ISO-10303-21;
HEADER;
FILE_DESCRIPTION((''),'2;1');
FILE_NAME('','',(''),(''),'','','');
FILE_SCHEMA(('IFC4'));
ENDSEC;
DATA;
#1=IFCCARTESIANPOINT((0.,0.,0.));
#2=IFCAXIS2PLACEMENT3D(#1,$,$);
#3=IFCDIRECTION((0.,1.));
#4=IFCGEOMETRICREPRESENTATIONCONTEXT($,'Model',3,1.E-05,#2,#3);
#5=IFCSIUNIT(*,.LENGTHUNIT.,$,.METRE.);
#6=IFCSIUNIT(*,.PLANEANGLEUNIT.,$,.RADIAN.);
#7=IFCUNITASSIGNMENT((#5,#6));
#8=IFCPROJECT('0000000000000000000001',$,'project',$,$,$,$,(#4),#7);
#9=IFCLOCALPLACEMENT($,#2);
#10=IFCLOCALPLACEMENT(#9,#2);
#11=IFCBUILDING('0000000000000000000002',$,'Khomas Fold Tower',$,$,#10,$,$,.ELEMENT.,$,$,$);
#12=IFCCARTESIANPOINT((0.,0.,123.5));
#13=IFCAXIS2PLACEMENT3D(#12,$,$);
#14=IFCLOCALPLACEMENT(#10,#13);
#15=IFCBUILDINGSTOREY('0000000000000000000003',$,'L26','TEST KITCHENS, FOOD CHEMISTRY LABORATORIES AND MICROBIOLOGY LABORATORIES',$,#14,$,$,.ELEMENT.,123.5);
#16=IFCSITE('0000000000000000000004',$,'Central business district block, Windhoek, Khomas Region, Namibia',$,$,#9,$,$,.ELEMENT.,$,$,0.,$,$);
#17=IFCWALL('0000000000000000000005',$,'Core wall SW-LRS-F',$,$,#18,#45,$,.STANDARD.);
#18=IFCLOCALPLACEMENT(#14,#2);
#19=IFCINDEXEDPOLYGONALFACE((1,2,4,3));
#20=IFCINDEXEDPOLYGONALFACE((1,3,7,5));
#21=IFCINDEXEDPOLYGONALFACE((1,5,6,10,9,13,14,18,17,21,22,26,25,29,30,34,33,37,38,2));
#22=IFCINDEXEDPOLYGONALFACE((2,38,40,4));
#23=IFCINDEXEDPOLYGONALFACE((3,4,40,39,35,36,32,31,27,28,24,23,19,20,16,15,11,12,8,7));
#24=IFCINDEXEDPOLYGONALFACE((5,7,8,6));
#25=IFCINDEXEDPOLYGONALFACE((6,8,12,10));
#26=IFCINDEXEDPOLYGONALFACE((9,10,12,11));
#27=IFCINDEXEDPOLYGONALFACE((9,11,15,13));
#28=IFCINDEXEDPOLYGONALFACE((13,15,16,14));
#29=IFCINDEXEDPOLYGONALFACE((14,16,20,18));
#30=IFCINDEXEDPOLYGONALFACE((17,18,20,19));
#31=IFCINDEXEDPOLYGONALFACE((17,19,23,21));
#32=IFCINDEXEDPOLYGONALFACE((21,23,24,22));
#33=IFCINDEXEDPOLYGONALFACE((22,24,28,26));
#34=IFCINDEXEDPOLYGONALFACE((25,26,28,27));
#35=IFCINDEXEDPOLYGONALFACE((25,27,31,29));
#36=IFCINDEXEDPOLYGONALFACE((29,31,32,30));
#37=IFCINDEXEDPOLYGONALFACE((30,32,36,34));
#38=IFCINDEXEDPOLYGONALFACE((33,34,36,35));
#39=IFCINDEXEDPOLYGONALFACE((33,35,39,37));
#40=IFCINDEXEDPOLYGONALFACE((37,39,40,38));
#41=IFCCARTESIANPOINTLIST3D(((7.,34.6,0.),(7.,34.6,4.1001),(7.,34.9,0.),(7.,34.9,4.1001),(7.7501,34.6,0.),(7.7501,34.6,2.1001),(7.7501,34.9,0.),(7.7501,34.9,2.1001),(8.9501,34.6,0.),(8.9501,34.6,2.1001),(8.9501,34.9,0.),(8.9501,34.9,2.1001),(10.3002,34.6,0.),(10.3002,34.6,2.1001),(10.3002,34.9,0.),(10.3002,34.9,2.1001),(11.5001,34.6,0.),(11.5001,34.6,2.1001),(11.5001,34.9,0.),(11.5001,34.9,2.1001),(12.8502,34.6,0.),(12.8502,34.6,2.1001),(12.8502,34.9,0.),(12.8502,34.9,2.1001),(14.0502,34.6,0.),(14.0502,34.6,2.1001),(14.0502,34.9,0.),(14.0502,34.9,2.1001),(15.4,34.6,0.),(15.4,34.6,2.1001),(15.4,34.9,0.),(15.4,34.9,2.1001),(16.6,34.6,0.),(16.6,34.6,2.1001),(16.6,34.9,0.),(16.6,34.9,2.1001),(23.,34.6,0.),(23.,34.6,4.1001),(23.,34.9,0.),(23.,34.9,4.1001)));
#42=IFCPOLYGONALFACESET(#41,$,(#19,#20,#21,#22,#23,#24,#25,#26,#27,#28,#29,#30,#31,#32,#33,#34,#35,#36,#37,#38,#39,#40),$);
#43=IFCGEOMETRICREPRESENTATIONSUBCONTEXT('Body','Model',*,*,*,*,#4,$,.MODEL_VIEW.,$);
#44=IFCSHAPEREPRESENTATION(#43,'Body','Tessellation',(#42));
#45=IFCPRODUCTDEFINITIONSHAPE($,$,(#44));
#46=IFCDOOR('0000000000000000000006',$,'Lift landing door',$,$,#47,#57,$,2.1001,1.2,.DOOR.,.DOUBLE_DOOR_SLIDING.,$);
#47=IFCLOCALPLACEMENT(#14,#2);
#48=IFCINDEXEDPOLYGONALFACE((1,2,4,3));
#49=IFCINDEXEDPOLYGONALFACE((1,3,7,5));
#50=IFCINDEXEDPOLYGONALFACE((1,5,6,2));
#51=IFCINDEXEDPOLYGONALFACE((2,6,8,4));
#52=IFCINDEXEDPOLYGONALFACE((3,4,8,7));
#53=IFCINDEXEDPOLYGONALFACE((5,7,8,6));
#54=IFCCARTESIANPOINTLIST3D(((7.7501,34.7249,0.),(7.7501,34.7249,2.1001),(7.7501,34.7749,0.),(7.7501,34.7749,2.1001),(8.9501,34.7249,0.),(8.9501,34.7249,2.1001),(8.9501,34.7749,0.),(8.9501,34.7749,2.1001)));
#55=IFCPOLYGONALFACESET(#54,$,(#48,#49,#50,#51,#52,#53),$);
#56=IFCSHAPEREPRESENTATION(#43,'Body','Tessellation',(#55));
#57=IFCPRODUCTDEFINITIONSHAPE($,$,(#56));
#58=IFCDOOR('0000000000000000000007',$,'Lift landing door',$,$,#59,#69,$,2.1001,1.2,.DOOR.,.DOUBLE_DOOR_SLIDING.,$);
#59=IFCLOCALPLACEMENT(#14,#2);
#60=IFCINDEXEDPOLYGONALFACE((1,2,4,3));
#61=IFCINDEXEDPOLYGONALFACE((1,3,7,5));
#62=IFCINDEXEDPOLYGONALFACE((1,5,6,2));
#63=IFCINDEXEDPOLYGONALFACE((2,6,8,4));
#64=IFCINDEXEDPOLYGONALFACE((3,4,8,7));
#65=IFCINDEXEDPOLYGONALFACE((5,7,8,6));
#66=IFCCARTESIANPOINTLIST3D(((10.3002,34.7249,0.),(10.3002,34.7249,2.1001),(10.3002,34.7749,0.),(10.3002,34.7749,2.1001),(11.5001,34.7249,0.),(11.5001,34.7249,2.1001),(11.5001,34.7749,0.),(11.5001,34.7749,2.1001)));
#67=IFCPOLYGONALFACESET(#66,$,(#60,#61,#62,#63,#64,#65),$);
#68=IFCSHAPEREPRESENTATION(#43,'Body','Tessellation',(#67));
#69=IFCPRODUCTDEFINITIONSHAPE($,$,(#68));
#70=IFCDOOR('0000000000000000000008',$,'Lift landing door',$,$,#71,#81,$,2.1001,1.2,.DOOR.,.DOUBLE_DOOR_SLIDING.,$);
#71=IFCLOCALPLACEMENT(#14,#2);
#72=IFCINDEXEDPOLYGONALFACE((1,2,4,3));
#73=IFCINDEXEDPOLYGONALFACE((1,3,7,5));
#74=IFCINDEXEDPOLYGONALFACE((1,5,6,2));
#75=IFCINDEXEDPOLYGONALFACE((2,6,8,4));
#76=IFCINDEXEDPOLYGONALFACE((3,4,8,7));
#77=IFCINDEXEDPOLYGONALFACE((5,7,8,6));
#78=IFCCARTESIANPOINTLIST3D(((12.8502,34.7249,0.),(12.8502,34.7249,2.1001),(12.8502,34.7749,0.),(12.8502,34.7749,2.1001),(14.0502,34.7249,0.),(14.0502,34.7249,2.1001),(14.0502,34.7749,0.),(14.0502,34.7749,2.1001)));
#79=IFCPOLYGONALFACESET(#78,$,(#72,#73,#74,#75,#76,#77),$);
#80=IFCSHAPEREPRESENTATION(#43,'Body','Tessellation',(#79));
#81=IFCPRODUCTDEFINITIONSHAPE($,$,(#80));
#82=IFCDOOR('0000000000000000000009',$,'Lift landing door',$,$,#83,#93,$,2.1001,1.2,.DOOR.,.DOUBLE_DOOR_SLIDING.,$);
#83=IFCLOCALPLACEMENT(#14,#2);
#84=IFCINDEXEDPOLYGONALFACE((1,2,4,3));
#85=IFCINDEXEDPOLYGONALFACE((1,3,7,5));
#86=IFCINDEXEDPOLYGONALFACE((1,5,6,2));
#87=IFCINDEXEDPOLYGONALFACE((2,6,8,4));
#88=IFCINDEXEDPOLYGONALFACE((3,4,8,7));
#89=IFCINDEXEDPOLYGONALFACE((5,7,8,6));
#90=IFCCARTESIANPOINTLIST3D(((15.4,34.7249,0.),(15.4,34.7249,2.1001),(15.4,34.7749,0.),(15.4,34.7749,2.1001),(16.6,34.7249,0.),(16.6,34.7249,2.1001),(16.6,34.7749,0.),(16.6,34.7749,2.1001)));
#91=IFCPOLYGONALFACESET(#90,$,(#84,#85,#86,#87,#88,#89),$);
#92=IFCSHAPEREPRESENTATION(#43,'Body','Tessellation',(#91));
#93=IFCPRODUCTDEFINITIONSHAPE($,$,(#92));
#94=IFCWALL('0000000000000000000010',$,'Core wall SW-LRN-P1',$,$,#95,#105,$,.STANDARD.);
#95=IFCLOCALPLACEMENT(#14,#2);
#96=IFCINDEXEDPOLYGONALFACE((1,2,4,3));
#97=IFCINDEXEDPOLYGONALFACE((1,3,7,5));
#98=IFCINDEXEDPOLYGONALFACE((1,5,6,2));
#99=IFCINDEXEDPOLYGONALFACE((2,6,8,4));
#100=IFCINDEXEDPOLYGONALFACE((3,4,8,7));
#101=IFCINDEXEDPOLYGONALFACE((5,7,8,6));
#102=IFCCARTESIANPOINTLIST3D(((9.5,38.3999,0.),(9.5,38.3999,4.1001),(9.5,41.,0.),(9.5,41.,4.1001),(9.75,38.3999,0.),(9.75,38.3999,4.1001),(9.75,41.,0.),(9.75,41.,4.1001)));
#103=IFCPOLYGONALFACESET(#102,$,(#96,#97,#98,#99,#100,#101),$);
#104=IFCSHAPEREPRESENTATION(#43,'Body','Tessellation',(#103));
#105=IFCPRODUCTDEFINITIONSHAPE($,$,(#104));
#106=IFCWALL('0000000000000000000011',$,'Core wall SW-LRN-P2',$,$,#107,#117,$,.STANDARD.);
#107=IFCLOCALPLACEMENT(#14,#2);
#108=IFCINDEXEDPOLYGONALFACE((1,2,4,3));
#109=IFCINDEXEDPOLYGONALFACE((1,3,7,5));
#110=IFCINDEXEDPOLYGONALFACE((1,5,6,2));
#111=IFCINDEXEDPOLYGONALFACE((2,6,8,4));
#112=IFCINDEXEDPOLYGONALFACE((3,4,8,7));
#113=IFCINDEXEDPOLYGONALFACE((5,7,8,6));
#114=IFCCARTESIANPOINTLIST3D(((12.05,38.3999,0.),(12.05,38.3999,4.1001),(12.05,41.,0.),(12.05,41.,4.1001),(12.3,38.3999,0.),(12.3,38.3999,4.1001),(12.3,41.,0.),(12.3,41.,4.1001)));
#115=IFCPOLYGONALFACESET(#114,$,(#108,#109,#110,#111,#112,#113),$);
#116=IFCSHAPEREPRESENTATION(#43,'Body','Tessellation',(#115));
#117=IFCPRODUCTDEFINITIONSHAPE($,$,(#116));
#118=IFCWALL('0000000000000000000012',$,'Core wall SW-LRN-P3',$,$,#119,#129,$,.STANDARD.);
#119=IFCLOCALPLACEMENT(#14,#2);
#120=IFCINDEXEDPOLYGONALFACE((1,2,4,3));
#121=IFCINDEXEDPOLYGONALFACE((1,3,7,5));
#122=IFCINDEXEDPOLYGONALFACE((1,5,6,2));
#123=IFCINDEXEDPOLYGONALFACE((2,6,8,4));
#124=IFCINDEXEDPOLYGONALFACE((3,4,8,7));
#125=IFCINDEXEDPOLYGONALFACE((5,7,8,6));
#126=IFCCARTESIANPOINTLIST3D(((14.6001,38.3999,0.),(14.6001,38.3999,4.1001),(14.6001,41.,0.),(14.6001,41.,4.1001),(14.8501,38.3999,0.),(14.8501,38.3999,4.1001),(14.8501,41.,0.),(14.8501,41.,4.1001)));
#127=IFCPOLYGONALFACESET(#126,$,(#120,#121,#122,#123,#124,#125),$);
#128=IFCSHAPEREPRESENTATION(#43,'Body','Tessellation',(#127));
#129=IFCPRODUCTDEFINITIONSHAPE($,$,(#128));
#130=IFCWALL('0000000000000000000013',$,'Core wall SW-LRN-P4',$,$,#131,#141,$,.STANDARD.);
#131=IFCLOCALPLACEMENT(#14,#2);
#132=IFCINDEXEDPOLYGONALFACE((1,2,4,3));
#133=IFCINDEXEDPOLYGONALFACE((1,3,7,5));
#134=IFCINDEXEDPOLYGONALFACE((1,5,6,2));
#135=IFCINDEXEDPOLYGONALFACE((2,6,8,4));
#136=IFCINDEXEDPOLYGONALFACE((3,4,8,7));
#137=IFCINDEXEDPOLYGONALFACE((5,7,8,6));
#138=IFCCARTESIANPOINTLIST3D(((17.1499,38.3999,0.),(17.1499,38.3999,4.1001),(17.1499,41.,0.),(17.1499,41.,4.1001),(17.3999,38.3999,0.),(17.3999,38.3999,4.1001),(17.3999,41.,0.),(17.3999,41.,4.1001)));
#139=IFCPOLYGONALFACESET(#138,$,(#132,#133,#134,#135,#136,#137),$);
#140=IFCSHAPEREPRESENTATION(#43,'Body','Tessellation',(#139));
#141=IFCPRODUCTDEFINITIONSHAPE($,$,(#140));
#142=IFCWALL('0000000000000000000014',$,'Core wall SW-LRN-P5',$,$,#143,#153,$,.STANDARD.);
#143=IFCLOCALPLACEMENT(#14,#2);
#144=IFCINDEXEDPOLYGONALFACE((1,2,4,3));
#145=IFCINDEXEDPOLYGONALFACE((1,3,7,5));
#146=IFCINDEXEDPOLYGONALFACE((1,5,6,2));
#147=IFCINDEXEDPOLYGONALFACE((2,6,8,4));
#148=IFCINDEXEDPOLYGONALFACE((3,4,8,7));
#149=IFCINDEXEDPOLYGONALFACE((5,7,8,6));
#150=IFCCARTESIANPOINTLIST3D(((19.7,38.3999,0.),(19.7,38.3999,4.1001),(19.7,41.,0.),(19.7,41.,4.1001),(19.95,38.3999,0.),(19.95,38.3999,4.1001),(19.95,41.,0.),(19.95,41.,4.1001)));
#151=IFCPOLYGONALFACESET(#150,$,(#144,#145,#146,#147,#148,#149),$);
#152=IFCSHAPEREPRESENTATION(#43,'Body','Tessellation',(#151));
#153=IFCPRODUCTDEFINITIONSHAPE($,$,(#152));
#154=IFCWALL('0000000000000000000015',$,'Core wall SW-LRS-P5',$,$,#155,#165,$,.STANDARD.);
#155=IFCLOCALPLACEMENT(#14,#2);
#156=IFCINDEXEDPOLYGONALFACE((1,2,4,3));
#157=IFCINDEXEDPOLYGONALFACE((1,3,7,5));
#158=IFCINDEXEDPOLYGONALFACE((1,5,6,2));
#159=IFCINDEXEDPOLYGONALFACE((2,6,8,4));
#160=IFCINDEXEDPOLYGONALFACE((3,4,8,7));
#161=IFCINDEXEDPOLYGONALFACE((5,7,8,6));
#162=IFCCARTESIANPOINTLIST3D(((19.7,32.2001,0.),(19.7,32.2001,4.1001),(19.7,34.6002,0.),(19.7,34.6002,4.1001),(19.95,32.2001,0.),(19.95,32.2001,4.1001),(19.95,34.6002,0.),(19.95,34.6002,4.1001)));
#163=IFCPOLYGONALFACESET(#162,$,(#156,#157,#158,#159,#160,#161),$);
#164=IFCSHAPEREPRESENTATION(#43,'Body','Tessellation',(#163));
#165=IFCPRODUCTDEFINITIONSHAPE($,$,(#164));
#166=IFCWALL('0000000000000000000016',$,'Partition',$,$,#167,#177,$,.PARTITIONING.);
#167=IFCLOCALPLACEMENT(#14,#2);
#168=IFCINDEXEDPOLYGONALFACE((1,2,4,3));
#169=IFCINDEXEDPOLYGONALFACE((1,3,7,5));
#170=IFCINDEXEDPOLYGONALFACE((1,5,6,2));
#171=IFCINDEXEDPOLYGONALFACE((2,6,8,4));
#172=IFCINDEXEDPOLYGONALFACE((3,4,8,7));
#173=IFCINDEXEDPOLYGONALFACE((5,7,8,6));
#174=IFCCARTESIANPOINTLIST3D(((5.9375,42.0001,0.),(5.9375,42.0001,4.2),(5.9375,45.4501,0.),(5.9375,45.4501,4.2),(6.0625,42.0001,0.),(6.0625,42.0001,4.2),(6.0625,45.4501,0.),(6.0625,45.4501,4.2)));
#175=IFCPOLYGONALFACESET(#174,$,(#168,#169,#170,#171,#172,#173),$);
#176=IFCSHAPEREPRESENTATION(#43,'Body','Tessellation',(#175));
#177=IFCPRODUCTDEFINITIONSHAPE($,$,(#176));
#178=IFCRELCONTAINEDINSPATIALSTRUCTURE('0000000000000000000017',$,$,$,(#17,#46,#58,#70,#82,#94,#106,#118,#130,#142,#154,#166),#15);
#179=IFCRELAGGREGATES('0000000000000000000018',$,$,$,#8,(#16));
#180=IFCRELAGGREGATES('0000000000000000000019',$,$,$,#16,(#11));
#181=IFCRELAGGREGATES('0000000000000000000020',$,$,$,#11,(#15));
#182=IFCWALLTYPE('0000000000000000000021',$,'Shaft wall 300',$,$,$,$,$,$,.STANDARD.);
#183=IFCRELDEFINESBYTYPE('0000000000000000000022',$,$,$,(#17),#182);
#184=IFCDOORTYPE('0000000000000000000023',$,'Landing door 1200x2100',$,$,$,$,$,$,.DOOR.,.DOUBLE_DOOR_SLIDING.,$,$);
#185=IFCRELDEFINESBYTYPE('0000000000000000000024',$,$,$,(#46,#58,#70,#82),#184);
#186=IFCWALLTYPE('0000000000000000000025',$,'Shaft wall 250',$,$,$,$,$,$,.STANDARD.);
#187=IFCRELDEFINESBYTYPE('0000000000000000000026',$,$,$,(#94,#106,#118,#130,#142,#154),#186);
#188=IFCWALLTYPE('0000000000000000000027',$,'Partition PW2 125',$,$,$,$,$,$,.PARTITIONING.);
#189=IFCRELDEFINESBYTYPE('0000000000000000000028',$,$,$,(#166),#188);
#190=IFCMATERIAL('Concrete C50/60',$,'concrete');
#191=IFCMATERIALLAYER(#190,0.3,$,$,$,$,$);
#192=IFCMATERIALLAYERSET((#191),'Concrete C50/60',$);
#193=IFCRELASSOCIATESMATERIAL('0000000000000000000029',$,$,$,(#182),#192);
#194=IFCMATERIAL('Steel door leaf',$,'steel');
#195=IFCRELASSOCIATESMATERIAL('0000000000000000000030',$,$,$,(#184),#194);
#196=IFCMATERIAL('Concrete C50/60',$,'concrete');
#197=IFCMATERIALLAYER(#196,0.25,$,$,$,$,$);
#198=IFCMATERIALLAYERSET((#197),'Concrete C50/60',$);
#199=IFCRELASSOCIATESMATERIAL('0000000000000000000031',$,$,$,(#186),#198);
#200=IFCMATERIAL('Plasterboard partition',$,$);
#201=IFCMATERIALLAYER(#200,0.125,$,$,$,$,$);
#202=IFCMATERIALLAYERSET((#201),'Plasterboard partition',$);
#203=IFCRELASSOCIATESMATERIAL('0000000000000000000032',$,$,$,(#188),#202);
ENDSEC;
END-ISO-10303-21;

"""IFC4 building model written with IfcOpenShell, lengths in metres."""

from ifc_helpers import new_model, si_unit, direction, frame, frame_2d, origin, place, context, subcontext, project, spatial, rectangle, extrude, source, transform, mapped, material, layer, layer_set, type_object, element, fill, save


model = new_model("IFC4")

# Units and contexts
model_context = context("Model", 3, precision=1e-05, world=origin(), true_north=direction((0.0, 1.0)))
body_context = subcontext(model_context, "Body", "Model", "MODEL_VIEW")
ifc_project = project(units=[si_unit("LENGTHUNIT", "METRE"), si_unit("PLANEANGLEUNIT", "RADIAN")], contexts=[model_context])

# Site, building, storey
site_placement = place(None, origin())
site = spatial("IfcSite", under=ifc_project, at=site_placement, Name="Central business district block, Windhoek, Khomas Region, Namibia", CompositionType="ELEMENT", RefElevation=0.0)
building_placement = place(site_placement, origin())
building = spatial("IfcBuilding", under=site, at=building_placement, Name="Khomas Fold Tower", CompositionType="ELEMENT")
storey_placement = place(building_placement, frame((0.0, 0.0, 123.5)))
storey = spatial("IfcBuildingStorey", under=building, at=storey_placement, Name="L26", Description="TEST KITCHENS, FOOD CHEMISTRY LABORATORIES AND MICROBIOLOGY LABORATORIES", CompositionType="ELEMENT", Elevation=123.5)

# Wall, openings, doors
ifc_material_1 = material(Name="Concrete C50/60", Category="concrete")
ifc_layer_1 = layer(ifc_material_1, 0.3)
ifc_layer_set_1 = layer_set([ifc_layer_1], Name="Concrete C50/60")
wall_type_1 = type_object("IfcWallType", Name="Shaft wall 300", PredefinedType="STANDARD", material=ifc_layer_set_1)
shared_shape_1 = source(origin(), body_context, "Body", "SweptSolid", [
    extrude(rectangle(XDim=16.0, YDim=0.3, at=frame_2d((8.0, 0.0))), origin(), (0.0, 0.0, 1.0), 4.1001),
])
shared_shape_2 = source(origin(), body_context, "Body", "SweptSolid", [
    extrude(rectangle(XDim=1.2, YDim=2.1001, at=frame_2d((0.6001, 1.05))), frame((0.0, 0.1599, 0.0), z_axis=(0.0, -1.0, 0.0), x_axis=(1.0, 0.0, 0.0)), (0.0, 0.0, 1.0), 0.3201),
])
ifc_material_2 = material(Name="Steel door leaf", Category="steel")
door_type = type_object("IfcDoorType", Name="Landing door 1200x2100", OperationType="DOUBLE_DOOR_SLIDING", PredefinedType="DOOR", material=ifc_material_2)
shared_shape_3 = source(origin(), body_context, "Body", "SweptSolid", [
    extrude(rectangle(XDim=1.2, YDim=2.1001, at=frame_2d((0.6001, 1.05))), frame((0.0, 0.0249, 0.0), z_axis=(0.0, -1.0, 0.0), x_axis=(1.0, 0.0, 0.0)), (0.0, 0.0, 1.0), 0.05),
])
wall_1_placement = place(storey_placement, frame((7.0, 34.75, 0.0), z_axis=(0.0, 0.0, 1.0), x_axis=(1.0, 0.0, 0.0)))
wall_1 = element("IfcWall", 1, at=wall_1_placement, inside=storey, type_object=wall_type_1, Name="Core wall SW-LRS-F", PredefinedType="STANDARD", context=body_context, shape_type="MappedRepresentation", body=[
    mapped(shared_shape_1, transform((0.0, 0.0, 0.0))),
])
opening_1_placement = place(wall_1_placement, frame((0.75, 0.0, 0.0)))
opening_1 = element("IfcOpeningElement", 2, at=opening_1_placement, cuts=wall_1, PredefinedType="OPENING", context=body_context, shape_type="MappedRepresentation", body=[
    mapped(shared_shape_2, transform((0.0, 0.0, 0.0))),
])
opening_2_placement = place(wall_1_placement, frame((3.3, 0.0, 0.0)))
opening_2 = element("IfcOpeningElement", 3, at=opening_2_placement, cuts=wall_1, PredefinedType="OPENING", context=body_context, shape_type="MappedRepresentation", body=[
    mapped(shared_shape_2, transform((0.0, 0.0, 0.0))),
])
opening_3_placement = place(wall_1_placement, frame((5.8501, 0.0, 0.0)))
opening_3 = element("IfcOpeningElement", 4, at=opening_3_placement, cuts=wall_1, PredefinedType="OPENING", context=body_context, shape_type="MappedRepresentation", body=[
    mapped(shared_shape_2, transform((0.0, 0.0, 0.0))),
])
opening_4_placement = place(wall_1_placement, frame((8.3999, 0.0, 0.0)))
opening_4 = element("IfcOpeningElement", 5, at=opening_4_placement, cuts=wall_1, PredefinedType="OPENING", context=body_context, shape_type="MappedRepresentation", body=[
    mapped(shared_shape_2, transform((0.0, 0.0, 0.0))),
])
door_1_placement = place(opening_1_placement, origin())
door_1 = element("IfcDoor", 6, at=door_1_placement, inside=storey, type_object=door_type, Name="Lift landing door", OperationType="DOUBLE_DOOR_SLIDING", OverallHeight=2.1001, OverallWidth=1.2, PredefinedType="DOOR", context=body_context, shape_type="MappedRepresentation", body=[
    mapped(shared_shape_3, transform((0.0, 0.0, 0.0))),
])
fill(opening_1, door_1)
door_2_placement = place(opening_2_placement, origin())
door_2 = element("IfcDoor", 7, at=door_2_placement, inside=storey, type_object=door_type, Name="Lift landing door", OperationType="DOUBLE_DOOR_SLIDING", OverallHeight=2.1001, OverallWidth=1.2, PredefinedType="DOOR", context=body_context, shape_type="MappedRepresentation", body=[
    mapped(shared_shape_3, transform((0.0, 0.0, 0.0))),
])
fill(opening_2, door_2)
door_3_placement = place(opening_3_placement, origin())
door_3 = element("IfcDoor", 8, at=door_3_placement, inside=storey, type_object=door_type, Name="Lift landing door", OperationType="DOUBLE_DOOR_SLIDING", OverallHeight=2.1001, OverallWidth=1.2, PredefinedType="DOOR", context=body_context, shape_type="MappedRepresentation", body=[
    mapped(shared_shape_3, transform((0.0, 0.0, 0.0))),
])
fill(opening_3, door_3)
door_4_placement = place(opening_4_placement, origin())
door_4 = element("IfcDoor", 9, at=door_4_placement, inside=storey, type_object=door_type, Name="Lift landing door", OperationType="DOUBLE_DOOR_SLIDING", OverallHeight=2.1001, OverallWidth=1.2, PredefinedType="DOOR", context=body_context, shape_type="MappedRepresentation", body=[
    mapped(shared_shape_3, transform((0.0, 0.0, 0.0))),
])
fill(opening_4, door_4)

# Walls
ifc_material_3 = material(Name="Concrete C50/60", Category="concrete")
ifc_layer_2 = layer(ifc_material_3, 0.25)
ifc_layer_set_2 = layer_set([ifc_layer_2], Name="Concrete C50/60")
wall_type_2 = type_object("IfcWallType", Name="Shaft wall 250", PredefinedType="STANDARD", material=ifc_layer_set_2)
shared_shape_4 = source(origin(), body_context, "Body", "SweptSolid", [
    extrude(rectangle(XDim=2.6001, YDim=0.25, at=frame_2d((1.3, 0.0))), origin(), (0.0, 0.0, 1.0), 4.1001),
])
for number, where, z_axis, x_axis, name in (
    (10, (9.625, 38.3999, 0.0), (0.0, 0.0, 1.0), (0.0, 1.0, 0.0), "Core wall SW-LRN-P1"),
    (11, (12.175, 38.3999, 0.0), (0.0, 0.0, 1.0), (0.0, 1.0, 0.0), "Core wall SW-LRN-P2"),
    (12, (14.7251, 38.3999, 0.0), (0.0, 0.0, 1.0), (0.0, 1.0, 0.0), "Core wall SW-LRN-P3"),
    (13, (17.2749, 38.3999, 0.0), (0.0, 0.0, 1.0), (0.0, 1.0, 0.0), "Core wall SW-LRN-P4"),
    (14, (19.825, 38.3999, 0.0), (0.0, 0.0, 1.0), (0.0, 1.0, 0.0), "Core wall SW-LRN-P5"),
):
    element("IfcWall", number, at=place(storey_placement, frame(where, z_axis=z_axis, x_axis=x_axis)), inside=storey, type_object=wall_type_2, Name=name, PredefinedType="STANDARD", context=body_context, shape_type="MappedRepresentation", body=[
        mapped(shared_shape_4, transform((0.0, 0.0, 0.0))),
    ])
shared_shape_5 = source(origin(), body_context, "Body", "SweptSolid", [
    extrude(rectangle(XDim=2.4001, YDim=0.25, at=frame_2d((1.2002, 0.0))), origin(), (0.0, 0.0, 1.0), 4.1001),
])
wall_2_placement = place(storey_placement, frame((19.825, 32.2, 0.0), z_axis=(0.0, 0.0, 1.0), x_axis=(0.0, 1.0, 0.0)))
element("IfcWall", 15, at=wall_2_placement, inside=storey, type_object=wall_type_2, Name="Core wall SW-LRS-P5", PredefinedType="STANDARD", context=body_context, shape_type="MappedRepresentation", body=[
    mapped(shared_shape_5, transform((0.0, 0.0, 0.0))),
])
ifc_material_4 = material(Name="Plasterboard partition")
ifc_layer_3 = layer(ifc_material_4, 0.125)
ifc_layer_set_3 = layer_set([ifc_layer_3], Name="Plasterboard partition")
wall_type_3 = type_object("IfcWallType", Name="Partition PW2 125", PredefinedType="PARTITIONING", material=ifc_layer_set_3)
shared_shape_6 = source(origin(), body_context, "Body", "SweptSolid", [
    extrude(rectangle(XDim=3.45, YDim=0.125, at=frame_2d((1.7251, 0.0))), origin(), (0.0, 0.0, 1.0), 4.2),
])
wall_3_placement = place(storey_placement, frame((6.0, 42.0, 0.0), z_axis=(0.0, 0.0, 1.0), x_axis=(0.0, 1.0, 0.0)))
element("IfcWall", 16, at=wall_3_placement, inside=storey, type_object=wall_type_3, Name="Partition", PredefinedType="PARTITIONING", context=body_context, shape_type="MappedRepresentation", body=[
    mapped(shared_shape_6, transform((0.0, 0.0, 0.0))),
])

save(model, "model.ifc")
